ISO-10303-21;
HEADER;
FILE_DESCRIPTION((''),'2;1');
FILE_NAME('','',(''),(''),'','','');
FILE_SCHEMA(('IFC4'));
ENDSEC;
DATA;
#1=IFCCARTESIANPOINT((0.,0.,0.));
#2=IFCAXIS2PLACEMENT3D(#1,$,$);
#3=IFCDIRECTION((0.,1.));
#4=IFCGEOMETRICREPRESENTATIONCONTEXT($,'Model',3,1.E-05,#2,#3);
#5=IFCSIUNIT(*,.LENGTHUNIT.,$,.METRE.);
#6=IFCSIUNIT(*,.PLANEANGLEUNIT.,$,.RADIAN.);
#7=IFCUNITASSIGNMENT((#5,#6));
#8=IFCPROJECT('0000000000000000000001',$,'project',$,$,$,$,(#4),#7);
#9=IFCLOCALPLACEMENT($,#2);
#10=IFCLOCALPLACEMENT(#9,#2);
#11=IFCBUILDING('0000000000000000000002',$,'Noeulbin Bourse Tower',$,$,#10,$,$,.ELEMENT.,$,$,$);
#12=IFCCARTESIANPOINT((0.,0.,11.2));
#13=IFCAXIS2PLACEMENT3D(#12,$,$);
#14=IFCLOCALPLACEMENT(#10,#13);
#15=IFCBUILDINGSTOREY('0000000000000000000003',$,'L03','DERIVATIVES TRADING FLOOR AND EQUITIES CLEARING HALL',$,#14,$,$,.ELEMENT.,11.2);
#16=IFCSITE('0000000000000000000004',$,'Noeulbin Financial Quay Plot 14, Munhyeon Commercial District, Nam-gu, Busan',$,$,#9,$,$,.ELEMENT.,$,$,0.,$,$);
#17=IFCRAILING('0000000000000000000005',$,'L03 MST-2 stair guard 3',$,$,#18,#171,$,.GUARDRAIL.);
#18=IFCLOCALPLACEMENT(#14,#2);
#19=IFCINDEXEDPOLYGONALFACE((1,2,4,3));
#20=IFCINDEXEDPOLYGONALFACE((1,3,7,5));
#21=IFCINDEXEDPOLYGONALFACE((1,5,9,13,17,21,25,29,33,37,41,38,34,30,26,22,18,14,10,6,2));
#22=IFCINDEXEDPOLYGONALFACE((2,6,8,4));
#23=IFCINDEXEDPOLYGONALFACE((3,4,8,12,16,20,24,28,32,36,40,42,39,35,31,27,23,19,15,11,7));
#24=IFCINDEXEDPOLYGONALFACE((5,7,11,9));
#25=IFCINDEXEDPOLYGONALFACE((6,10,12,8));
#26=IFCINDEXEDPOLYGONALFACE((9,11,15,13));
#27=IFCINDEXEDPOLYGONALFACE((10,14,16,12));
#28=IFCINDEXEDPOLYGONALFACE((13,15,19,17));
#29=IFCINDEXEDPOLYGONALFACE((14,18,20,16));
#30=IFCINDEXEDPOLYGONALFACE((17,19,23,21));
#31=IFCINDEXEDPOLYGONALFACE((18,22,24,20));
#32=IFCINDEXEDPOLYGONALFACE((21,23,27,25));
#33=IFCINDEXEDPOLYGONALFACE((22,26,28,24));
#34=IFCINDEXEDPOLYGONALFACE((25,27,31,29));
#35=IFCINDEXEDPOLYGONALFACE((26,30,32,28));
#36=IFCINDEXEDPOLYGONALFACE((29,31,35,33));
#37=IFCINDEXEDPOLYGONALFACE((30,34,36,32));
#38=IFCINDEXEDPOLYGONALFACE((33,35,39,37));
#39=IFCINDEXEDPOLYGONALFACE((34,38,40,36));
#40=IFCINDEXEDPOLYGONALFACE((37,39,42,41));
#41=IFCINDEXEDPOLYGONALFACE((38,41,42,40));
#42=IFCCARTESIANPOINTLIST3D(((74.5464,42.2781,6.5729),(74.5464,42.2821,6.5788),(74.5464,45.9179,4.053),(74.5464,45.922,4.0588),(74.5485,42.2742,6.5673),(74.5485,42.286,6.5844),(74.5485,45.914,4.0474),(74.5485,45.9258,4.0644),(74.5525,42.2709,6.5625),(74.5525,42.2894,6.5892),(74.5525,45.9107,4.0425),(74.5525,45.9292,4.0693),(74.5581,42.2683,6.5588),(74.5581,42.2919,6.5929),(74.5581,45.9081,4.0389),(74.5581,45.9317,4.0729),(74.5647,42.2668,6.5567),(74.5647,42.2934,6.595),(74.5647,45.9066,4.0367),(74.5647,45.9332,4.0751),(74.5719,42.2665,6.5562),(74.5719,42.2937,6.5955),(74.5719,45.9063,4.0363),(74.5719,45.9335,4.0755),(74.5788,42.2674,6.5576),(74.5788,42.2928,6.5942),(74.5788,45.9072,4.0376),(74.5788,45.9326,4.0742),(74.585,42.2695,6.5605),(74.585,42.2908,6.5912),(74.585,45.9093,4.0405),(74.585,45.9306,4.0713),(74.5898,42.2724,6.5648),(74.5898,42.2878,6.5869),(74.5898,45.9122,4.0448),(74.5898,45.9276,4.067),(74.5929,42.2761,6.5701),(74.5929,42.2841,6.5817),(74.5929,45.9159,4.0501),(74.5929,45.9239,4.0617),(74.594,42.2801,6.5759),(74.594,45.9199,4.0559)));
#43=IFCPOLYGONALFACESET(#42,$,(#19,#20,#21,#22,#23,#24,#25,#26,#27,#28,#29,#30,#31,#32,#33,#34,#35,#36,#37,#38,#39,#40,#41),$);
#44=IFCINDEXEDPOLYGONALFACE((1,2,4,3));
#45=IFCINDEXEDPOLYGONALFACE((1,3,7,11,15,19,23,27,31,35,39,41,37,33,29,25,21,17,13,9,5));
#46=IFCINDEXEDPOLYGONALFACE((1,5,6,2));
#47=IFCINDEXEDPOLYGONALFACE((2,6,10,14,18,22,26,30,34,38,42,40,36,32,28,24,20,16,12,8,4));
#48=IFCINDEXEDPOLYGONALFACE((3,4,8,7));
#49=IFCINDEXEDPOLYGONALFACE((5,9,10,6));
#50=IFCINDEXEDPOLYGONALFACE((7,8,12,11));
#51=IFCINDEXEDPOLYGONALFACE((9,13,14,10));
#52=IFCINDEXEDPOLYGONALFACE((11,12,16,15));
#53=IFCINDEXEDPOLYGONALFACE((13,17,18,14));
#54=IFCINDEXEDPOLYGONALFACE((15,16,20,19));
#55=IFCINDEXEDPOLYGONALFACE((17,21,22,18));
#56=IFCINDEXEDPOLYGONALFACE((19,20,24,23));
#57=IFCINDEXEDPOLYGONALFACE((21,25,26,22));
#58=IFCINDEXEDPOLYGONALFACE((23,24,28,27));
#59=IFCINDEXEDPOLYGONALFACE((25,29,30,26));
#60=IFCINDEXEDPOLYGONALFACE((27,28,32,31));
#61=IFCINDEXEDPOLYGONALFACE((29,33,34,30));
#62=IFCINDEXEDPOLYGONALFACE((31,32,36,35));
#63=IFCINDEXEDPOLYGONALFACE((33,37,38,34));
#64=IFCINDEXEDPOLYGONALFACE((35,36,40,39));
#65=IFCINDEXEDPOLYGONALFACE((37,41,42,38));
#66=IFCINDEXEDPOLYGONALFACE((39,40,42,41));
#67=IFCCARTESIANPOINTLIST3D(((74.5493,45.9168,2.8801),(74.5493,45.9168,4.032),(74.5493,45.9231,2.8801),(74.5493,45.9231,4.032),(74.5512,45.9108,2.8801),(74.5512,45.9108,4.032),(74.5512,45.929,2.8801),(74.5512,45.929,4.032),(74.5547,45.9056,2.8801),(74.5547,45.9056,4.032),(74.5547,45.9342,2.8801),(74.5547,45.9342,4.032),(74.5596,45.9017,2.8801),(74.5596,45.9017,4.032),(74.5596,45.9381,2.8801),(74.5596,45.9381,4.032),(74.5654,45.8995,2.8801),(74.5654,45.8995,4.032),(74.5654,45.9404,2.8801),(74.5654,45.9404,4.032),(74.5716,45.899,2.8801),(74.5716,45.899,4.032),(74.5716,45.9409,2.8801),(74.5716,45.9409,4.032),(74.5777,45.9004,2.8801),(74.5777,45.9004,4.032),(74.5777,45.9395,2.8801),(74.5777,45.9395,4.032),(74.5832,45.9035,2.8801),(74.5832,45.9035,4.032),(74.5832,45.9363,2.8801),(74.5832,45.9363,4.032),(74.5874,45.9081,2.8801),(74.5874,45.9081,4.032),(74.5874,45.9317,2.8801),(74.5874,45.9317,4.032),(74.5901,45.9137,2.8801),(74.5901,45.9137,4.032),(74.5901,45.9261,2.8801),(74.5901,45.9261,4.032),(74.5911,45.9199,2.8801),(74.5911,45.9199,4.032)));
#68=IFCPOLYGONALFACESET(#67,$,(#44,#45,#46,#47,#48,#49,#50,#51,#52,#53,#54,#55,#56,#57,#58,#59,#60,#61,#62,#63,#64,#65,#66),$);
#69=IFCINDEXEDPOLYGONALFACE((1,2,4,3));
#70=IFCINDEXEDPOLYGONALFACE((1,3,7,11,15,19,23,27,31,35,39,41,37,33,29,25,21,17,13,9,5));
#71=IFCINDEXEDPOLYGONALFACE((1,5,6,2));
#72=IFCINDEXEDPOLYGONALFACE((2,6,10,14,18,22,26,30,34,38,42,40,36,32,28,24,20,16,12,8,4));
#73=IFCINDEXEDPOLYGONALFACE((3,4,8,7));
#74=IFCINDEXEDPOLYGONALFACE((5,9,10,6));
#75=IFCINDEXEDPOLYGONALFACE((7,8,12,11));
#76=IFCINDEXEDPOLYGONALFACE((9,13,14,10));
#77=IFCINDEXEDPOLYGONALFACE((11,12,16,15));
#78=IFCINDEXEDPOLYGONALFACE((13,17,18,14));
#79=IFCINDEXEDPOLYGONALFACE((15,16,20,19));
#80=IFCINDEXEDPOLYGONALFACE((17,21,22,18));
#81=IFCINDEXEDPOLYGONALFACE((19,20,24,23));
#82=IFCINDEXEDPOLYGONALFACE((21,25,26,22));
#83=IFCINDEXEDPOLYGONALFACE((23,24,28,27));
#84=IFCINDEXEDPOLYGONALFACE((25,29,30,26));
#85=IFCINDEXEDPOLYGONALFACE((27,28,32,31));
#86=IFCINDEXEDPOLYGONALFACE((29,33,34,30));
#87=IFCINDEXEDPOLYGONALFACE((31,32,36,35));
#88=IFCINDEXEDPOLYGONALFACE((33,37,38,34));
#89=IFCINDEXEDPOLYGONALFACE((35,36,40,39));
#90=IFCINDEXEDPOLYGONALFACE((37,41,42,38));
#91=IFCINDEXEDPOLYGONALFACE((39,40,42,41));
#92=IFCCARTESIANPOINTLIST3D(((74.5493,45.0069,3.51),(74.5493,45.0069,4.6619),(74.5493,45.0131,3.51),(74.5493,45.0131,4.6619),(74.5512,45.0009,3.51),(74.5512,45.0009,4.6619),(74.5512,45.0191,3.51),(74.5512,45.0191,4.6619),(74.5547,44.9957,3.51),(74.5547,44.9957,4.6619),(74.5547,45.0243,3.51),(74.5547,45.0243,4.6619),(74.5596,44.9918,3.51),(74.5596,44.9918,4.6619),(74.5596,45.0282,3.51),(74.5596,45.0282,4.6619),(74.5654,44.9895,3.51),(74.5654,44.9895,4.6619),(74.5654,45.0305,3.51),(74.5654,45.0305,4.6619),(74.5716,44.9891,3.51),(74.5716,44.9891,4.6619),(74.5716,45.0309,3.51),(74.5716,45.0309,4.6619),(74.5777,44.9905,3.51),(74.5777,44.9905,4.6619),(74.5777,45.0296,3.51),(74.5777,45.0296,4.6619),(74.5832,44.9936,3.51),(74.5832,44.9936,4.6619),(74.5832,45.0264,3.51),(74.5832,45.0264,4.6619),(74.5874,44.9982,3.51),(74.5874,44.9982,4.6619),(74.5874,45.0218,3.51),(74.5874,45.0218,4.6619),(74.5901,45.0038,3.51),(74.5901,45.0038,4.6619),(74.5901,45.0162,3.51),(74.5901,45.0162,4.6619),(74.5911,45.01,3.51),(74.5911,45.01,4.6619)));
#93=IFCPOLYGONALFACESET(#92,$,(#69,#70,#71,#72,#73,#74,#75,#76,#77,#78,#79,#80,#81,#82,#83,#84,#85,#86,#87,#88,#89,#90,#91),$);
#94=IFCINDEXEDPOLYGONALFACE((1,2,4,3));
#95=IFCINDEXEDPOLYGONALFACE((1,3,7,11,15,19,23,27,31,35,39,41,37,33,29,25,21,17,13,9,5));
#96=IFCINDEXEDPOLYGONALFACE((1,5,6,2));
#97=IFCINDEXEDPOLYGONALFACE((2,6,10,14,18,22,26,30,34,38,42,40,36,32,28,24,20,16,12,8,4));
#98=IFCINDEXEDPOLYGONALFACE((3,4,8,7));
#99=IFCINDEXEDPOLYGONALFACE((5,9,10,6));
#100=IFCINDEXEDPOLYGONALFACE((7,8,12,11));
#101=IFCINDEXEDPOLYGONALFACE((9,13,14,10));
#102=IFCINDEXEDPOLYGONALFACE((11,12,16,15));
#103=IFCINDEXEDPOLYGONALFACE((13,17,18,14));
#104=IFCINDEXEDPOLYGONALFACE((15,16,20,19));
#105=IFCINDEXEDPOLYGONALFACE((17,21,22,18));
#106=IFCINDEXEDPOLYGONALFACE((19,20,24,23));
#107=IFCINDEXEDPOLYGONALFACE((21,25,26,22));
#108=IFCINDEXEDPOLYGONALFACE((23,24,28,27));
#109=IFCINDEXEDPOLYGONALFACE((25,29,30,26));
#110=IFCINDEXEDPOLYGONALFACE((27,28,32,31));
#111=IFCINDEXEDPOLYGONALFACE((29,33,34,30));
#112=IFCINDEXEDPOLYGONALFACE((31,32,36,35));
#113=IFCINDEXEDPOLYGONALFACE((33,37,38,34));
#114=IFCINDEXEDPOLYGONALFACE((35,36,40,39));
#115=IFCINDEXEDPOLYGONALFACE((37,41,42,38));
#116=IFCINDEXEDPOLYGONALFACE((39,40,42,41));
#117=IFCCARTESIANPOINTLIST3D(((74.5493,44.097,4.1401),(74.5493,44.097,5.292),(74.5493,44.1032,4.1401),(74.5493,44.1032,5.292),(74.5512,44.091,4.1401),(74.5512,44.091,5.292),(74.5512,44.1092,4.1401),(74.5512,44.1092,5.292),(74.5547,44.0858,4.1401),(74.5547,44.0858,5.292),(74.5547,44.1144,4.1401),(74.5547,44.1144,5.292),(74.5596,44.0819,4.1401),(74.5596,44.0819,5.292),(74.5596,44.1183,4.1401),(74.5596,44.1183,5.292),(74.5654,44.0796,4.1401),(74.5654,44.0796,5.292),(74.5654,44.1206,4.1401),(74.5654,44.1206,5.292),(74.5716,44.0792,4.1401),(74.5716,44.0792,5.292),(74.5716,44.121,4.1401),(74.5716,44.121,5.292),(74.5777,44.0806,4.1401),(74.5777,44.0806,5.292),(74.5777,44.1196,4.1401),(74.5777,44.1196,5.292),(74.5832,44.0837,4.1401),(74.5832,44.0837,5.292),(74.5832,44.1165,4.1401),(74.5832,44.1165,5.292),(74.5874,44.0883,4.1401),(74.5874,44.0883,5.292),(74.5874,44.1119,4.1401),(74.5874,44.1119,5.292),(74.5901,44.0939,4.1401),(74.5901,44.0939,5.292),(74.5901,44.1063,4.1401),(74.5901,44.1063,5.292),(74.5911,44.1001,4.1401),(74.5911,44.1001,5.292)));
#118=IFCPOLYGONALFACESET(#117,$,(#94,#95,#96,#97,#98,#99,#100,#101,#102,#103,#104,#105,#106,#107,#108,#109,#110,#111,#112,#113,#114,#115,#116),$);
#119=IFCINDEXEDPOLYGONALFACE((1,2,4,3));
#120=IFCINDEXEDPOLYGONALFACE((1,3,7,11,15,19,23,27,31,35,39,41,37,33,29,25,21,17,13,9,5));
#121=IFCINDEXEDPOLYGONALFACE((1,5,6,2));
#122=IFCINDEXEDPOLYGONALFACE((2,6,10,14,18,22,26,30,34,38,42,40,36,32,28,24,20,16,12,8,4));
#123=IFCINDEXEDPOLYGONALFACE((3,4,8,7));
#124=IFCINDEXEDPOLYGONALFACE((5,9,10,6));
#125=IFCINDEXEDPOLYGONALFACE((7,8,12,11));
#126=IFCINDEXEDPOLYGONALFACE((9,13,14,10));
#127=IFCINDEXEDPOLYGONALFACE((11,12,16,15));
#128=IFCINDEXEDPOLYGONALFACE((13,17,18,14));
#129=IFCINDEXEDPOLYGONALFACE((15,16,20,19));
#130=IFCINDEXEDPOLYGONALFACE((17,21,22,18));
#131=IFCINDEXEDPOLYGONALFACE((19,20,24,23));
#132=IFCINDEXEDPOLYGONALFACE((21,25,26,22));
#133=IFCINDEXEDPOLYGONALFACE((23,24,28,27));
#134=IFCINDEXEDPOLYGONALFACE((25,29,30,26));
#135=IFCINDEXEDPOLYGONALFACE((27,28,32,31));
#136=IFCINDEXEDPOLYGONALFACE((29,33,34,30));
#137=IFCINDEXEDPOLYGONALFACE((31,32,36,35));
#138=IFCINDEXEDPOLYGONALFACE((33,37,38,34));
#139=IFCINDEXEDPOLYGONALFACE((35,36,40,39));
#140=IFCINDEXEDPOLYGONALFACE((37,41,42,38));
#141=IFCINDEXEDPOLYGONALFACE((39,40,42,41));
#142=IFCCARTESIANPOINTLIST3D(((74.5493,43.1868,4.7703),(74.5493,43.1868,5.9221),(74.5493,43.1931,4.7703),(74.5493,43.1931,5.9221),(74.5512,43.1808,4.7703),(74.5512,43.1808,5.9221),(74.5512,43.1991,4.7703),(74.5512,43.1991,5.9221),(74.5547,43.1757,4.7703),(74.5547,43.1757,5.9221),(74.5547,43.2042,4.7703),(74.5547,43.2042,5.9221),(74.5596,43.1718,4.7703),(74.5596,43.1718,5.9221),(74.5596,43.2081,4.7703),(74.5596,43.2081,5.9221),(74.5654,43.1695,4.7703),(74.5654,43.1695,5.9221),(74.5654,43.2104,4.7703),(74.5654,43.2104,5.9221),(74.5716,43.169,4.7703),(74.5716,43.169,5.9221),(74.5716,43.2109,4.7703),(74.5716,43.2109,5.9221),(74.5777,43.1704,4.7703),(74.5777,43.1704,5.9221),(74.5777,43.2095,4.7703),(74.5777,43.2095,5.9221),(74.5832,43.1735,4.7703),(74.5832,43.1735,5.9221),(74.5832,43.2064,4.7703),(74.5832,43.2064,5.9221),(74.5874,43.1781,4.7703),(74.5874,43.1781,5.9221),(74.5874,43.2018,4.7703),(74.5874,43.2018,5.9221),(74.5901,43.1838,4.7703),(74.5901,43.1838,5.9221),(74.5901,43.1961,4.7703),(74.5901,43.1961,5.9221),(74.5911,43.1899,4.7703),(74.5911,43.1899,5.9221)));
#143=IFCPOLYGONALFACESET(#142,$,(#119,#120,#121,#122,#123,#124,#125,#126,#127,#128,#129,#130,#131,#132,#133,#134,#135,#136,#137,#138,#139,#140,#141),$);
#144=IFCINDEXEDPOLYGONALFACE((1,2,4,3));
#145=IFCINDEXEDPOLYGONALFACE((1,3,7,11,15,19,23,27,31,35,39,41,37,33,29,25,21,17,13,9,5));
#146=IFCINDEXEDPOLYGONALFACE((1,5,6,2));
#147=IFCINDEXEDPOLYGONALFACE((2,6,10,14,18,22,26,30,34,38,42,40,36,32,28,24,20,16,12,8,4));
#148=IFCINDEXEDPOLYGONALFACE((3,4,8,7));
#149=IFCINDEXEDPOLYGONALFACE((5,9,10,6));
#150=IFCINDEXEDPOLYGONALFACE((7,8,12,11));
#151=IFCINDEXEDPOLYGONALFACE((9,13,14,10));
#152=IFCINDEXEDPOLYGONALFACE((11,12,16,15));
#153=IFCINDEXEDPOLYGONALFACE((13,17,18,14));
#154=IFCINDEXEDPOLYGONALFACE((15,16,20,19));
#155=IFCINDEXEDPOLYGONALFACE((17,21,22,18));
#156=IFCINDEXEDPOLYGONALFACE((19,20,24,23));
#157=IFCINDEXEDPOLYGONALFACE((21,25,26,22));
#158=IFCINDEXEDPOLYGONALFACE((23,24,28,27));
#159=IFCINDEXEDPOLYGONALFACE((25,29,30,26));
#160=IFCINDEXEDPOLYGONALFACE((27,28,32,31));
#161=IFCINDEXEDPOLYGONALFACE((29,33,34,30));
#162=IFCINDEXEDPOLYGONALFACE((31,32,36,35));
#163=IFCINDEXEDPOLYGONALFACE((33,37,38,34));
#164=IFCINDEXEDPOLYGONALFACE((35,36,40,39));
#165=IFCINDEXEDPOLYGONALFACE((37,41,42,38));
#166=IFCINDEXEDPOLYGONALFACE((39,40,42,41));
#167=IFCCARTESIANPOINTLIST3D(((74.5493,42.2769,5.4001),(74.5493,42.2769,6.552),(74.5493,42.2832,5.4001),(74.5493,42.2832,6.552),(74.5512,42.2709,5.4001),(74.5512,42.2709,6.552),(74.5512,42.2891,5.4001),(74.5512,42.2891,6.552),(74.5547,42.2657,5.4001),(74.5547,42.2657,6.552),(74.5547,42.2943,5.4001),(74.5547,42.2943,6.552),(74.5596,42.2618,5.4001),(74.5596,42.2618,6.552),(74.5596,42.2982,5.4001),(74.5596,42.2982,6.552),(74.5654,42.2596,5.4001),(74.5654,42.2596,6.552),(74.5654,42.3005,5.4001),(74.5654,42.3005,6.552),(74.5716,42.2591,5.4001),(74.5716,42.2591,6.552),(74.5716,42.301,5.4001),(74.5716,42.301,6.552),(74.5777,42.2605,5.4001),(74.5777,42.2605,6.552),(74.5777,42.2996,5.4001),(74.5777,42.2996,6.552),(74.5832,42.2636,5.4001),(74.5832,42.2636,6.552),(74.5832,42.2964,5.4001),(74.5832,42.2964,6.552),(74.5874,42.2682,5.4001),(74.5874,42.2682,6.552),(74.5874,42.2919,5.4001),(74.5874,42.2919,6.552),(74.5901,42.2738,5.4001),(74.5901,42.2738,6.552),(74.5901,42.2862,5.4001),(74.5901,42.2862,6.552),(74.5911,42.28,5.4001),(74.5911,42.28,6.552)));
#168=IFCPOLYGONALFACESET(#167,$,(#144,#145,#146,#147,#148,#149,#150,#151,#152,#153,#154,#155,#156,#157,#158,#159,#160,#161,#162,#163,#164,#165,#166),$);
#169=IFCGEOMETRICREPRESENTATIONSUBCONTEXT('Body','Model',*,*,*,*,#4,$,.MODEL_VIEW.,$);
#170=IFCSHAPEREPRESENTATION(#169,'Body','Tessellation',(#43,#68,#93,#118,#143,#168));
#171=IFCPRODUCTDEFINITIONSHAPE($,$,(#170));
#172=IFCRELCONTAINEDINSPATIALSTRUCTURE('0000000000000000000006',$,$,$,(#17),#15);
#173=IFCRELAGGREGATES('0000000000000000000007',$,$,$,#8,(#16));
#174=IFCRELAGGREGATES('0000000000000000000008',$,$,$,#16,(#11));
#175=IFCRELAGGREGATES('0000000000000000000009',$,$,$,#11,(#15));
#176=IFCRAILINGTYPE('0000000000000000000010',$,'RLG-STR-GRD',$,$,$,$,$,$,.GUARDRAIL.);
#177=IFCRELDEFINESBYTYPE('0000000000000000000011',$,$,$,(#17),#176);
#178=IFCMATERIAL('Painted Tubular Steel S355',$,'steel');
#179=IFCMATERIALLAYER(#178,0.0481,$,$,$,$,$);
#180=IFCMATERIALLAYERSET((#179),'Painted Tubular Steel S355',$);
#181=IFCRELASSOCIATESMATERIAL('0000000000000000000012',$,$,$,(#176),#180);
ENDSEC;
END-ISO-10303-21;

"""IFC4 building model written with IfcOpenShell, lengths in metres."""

from ifc_helpers import new_model, si_unit, direction, frame, origin, origin_2d, place, context, subcontext, project, spatial, circle, extrude, material, layer, layer_set, type_object, element, save


model = new_model("IFC4")

# Units and contexts
model_context = context("Model", 3, precision=1e-05, world=origin(), true_north=direction((0.0, 1.0)))
body_context = subcontext(model_context, "Body", "Model", "MODEL_VIEW")
ifc_project = project(units=[si_unit("LENGTHUNIT", "METRE"), si_unit("PLANEANGLEUNIT", "RADIAN")], contexts=[model_context])

# Site, building, storey
site_placement = place(None, origin())
site = spatial("IfcSite", under=ifc_project, at=site_placement, Name="Noeulbin Financial Quay Plot 14, Munhyeon Commercial District, Nam-gu, Busan", CompositionType="ELEMENT", RefElevation=0.0)
building_placement = place(site_placement, origin())
building = spatial("IfcBuilding", under=site, at=building_placement, Name="Noeulbin Bourse Tower", CompositionType="ELEMENT")
storey_placement = place(building_placement, frame((0.0, 0.0, 11.2)))
storey = spatial("IfcBuildingStorey", under=building, at=storey_placement, Name="L03", Description="DERIVATIVES TRADING FLOOR AND EQUITIES CLEARING HALL", CompositionType="ELEMENT", Elevation=11.2)

# Railing
ifc_material_1 = material(Name="Painted Tubular Steel S355", Category="steel")
ifc_layer_1 = layer(ifc_material_1, 0.0481)
ifc_layer_set_1 = layer_set([ifc_layer_1], Name="Painted Tubular Steel S355")
railing_type_1 = type_object("IfcRailingType", Name="RLG-STR-GRD", PredefinedType="GUARDRAIL", material=ifc_layer_set_1)
railing_1_placement = place(storey_placement, frame((74.5701, 45.9199, 2.8801)))
element("IfcRailing", 1, at=railing_1_placement, inside=storey, type_object=railing_type_1, Name="L03 MST-2 stair guard 3", PredefinedType="GUARDRAIL", context=body_context, shape_type="SweptSolid", body=[
    extrude(circle(Radius=0.0239, at=origin_2d()), frame((0.0, 0.0, 1.1758), z_axis=(0.0, -0.822182, 0.569224), x_axis=(1.0, 0.0, 0.0)), (0.0, 0.0, 1.0), 4.427),
    extrude(circle(Radius=0.021, at=origin_2d()), origin(), (0.0, 0.0, 1.0), 1.1519),
    extrude(circle(Radius=0.021, at=origin_2d()), frame((0.0, -0.9099, 0.6299)), (0.0, 0.0, 1.0), 1.1519),
    extrude(circle(Radius=0.021, at=origin_2d()), frame((0.0, -1.8198, 1.26)), (0.0, 0.0, 1.0), 1.1519),
    extrude(circle(Radius=0.021, at=origin_2d()), frame((0.0, -2.73, 1.8901)), (0.0, 0.0, 1.0), 1.1519),
    extrude(circle(Radius=0.021, at=origin_2d()), frame((0.0, -3.6399, 2.52)), (0.0, 0.0, 1.0), 1.1519),
])

save(model, "model.ifc")
